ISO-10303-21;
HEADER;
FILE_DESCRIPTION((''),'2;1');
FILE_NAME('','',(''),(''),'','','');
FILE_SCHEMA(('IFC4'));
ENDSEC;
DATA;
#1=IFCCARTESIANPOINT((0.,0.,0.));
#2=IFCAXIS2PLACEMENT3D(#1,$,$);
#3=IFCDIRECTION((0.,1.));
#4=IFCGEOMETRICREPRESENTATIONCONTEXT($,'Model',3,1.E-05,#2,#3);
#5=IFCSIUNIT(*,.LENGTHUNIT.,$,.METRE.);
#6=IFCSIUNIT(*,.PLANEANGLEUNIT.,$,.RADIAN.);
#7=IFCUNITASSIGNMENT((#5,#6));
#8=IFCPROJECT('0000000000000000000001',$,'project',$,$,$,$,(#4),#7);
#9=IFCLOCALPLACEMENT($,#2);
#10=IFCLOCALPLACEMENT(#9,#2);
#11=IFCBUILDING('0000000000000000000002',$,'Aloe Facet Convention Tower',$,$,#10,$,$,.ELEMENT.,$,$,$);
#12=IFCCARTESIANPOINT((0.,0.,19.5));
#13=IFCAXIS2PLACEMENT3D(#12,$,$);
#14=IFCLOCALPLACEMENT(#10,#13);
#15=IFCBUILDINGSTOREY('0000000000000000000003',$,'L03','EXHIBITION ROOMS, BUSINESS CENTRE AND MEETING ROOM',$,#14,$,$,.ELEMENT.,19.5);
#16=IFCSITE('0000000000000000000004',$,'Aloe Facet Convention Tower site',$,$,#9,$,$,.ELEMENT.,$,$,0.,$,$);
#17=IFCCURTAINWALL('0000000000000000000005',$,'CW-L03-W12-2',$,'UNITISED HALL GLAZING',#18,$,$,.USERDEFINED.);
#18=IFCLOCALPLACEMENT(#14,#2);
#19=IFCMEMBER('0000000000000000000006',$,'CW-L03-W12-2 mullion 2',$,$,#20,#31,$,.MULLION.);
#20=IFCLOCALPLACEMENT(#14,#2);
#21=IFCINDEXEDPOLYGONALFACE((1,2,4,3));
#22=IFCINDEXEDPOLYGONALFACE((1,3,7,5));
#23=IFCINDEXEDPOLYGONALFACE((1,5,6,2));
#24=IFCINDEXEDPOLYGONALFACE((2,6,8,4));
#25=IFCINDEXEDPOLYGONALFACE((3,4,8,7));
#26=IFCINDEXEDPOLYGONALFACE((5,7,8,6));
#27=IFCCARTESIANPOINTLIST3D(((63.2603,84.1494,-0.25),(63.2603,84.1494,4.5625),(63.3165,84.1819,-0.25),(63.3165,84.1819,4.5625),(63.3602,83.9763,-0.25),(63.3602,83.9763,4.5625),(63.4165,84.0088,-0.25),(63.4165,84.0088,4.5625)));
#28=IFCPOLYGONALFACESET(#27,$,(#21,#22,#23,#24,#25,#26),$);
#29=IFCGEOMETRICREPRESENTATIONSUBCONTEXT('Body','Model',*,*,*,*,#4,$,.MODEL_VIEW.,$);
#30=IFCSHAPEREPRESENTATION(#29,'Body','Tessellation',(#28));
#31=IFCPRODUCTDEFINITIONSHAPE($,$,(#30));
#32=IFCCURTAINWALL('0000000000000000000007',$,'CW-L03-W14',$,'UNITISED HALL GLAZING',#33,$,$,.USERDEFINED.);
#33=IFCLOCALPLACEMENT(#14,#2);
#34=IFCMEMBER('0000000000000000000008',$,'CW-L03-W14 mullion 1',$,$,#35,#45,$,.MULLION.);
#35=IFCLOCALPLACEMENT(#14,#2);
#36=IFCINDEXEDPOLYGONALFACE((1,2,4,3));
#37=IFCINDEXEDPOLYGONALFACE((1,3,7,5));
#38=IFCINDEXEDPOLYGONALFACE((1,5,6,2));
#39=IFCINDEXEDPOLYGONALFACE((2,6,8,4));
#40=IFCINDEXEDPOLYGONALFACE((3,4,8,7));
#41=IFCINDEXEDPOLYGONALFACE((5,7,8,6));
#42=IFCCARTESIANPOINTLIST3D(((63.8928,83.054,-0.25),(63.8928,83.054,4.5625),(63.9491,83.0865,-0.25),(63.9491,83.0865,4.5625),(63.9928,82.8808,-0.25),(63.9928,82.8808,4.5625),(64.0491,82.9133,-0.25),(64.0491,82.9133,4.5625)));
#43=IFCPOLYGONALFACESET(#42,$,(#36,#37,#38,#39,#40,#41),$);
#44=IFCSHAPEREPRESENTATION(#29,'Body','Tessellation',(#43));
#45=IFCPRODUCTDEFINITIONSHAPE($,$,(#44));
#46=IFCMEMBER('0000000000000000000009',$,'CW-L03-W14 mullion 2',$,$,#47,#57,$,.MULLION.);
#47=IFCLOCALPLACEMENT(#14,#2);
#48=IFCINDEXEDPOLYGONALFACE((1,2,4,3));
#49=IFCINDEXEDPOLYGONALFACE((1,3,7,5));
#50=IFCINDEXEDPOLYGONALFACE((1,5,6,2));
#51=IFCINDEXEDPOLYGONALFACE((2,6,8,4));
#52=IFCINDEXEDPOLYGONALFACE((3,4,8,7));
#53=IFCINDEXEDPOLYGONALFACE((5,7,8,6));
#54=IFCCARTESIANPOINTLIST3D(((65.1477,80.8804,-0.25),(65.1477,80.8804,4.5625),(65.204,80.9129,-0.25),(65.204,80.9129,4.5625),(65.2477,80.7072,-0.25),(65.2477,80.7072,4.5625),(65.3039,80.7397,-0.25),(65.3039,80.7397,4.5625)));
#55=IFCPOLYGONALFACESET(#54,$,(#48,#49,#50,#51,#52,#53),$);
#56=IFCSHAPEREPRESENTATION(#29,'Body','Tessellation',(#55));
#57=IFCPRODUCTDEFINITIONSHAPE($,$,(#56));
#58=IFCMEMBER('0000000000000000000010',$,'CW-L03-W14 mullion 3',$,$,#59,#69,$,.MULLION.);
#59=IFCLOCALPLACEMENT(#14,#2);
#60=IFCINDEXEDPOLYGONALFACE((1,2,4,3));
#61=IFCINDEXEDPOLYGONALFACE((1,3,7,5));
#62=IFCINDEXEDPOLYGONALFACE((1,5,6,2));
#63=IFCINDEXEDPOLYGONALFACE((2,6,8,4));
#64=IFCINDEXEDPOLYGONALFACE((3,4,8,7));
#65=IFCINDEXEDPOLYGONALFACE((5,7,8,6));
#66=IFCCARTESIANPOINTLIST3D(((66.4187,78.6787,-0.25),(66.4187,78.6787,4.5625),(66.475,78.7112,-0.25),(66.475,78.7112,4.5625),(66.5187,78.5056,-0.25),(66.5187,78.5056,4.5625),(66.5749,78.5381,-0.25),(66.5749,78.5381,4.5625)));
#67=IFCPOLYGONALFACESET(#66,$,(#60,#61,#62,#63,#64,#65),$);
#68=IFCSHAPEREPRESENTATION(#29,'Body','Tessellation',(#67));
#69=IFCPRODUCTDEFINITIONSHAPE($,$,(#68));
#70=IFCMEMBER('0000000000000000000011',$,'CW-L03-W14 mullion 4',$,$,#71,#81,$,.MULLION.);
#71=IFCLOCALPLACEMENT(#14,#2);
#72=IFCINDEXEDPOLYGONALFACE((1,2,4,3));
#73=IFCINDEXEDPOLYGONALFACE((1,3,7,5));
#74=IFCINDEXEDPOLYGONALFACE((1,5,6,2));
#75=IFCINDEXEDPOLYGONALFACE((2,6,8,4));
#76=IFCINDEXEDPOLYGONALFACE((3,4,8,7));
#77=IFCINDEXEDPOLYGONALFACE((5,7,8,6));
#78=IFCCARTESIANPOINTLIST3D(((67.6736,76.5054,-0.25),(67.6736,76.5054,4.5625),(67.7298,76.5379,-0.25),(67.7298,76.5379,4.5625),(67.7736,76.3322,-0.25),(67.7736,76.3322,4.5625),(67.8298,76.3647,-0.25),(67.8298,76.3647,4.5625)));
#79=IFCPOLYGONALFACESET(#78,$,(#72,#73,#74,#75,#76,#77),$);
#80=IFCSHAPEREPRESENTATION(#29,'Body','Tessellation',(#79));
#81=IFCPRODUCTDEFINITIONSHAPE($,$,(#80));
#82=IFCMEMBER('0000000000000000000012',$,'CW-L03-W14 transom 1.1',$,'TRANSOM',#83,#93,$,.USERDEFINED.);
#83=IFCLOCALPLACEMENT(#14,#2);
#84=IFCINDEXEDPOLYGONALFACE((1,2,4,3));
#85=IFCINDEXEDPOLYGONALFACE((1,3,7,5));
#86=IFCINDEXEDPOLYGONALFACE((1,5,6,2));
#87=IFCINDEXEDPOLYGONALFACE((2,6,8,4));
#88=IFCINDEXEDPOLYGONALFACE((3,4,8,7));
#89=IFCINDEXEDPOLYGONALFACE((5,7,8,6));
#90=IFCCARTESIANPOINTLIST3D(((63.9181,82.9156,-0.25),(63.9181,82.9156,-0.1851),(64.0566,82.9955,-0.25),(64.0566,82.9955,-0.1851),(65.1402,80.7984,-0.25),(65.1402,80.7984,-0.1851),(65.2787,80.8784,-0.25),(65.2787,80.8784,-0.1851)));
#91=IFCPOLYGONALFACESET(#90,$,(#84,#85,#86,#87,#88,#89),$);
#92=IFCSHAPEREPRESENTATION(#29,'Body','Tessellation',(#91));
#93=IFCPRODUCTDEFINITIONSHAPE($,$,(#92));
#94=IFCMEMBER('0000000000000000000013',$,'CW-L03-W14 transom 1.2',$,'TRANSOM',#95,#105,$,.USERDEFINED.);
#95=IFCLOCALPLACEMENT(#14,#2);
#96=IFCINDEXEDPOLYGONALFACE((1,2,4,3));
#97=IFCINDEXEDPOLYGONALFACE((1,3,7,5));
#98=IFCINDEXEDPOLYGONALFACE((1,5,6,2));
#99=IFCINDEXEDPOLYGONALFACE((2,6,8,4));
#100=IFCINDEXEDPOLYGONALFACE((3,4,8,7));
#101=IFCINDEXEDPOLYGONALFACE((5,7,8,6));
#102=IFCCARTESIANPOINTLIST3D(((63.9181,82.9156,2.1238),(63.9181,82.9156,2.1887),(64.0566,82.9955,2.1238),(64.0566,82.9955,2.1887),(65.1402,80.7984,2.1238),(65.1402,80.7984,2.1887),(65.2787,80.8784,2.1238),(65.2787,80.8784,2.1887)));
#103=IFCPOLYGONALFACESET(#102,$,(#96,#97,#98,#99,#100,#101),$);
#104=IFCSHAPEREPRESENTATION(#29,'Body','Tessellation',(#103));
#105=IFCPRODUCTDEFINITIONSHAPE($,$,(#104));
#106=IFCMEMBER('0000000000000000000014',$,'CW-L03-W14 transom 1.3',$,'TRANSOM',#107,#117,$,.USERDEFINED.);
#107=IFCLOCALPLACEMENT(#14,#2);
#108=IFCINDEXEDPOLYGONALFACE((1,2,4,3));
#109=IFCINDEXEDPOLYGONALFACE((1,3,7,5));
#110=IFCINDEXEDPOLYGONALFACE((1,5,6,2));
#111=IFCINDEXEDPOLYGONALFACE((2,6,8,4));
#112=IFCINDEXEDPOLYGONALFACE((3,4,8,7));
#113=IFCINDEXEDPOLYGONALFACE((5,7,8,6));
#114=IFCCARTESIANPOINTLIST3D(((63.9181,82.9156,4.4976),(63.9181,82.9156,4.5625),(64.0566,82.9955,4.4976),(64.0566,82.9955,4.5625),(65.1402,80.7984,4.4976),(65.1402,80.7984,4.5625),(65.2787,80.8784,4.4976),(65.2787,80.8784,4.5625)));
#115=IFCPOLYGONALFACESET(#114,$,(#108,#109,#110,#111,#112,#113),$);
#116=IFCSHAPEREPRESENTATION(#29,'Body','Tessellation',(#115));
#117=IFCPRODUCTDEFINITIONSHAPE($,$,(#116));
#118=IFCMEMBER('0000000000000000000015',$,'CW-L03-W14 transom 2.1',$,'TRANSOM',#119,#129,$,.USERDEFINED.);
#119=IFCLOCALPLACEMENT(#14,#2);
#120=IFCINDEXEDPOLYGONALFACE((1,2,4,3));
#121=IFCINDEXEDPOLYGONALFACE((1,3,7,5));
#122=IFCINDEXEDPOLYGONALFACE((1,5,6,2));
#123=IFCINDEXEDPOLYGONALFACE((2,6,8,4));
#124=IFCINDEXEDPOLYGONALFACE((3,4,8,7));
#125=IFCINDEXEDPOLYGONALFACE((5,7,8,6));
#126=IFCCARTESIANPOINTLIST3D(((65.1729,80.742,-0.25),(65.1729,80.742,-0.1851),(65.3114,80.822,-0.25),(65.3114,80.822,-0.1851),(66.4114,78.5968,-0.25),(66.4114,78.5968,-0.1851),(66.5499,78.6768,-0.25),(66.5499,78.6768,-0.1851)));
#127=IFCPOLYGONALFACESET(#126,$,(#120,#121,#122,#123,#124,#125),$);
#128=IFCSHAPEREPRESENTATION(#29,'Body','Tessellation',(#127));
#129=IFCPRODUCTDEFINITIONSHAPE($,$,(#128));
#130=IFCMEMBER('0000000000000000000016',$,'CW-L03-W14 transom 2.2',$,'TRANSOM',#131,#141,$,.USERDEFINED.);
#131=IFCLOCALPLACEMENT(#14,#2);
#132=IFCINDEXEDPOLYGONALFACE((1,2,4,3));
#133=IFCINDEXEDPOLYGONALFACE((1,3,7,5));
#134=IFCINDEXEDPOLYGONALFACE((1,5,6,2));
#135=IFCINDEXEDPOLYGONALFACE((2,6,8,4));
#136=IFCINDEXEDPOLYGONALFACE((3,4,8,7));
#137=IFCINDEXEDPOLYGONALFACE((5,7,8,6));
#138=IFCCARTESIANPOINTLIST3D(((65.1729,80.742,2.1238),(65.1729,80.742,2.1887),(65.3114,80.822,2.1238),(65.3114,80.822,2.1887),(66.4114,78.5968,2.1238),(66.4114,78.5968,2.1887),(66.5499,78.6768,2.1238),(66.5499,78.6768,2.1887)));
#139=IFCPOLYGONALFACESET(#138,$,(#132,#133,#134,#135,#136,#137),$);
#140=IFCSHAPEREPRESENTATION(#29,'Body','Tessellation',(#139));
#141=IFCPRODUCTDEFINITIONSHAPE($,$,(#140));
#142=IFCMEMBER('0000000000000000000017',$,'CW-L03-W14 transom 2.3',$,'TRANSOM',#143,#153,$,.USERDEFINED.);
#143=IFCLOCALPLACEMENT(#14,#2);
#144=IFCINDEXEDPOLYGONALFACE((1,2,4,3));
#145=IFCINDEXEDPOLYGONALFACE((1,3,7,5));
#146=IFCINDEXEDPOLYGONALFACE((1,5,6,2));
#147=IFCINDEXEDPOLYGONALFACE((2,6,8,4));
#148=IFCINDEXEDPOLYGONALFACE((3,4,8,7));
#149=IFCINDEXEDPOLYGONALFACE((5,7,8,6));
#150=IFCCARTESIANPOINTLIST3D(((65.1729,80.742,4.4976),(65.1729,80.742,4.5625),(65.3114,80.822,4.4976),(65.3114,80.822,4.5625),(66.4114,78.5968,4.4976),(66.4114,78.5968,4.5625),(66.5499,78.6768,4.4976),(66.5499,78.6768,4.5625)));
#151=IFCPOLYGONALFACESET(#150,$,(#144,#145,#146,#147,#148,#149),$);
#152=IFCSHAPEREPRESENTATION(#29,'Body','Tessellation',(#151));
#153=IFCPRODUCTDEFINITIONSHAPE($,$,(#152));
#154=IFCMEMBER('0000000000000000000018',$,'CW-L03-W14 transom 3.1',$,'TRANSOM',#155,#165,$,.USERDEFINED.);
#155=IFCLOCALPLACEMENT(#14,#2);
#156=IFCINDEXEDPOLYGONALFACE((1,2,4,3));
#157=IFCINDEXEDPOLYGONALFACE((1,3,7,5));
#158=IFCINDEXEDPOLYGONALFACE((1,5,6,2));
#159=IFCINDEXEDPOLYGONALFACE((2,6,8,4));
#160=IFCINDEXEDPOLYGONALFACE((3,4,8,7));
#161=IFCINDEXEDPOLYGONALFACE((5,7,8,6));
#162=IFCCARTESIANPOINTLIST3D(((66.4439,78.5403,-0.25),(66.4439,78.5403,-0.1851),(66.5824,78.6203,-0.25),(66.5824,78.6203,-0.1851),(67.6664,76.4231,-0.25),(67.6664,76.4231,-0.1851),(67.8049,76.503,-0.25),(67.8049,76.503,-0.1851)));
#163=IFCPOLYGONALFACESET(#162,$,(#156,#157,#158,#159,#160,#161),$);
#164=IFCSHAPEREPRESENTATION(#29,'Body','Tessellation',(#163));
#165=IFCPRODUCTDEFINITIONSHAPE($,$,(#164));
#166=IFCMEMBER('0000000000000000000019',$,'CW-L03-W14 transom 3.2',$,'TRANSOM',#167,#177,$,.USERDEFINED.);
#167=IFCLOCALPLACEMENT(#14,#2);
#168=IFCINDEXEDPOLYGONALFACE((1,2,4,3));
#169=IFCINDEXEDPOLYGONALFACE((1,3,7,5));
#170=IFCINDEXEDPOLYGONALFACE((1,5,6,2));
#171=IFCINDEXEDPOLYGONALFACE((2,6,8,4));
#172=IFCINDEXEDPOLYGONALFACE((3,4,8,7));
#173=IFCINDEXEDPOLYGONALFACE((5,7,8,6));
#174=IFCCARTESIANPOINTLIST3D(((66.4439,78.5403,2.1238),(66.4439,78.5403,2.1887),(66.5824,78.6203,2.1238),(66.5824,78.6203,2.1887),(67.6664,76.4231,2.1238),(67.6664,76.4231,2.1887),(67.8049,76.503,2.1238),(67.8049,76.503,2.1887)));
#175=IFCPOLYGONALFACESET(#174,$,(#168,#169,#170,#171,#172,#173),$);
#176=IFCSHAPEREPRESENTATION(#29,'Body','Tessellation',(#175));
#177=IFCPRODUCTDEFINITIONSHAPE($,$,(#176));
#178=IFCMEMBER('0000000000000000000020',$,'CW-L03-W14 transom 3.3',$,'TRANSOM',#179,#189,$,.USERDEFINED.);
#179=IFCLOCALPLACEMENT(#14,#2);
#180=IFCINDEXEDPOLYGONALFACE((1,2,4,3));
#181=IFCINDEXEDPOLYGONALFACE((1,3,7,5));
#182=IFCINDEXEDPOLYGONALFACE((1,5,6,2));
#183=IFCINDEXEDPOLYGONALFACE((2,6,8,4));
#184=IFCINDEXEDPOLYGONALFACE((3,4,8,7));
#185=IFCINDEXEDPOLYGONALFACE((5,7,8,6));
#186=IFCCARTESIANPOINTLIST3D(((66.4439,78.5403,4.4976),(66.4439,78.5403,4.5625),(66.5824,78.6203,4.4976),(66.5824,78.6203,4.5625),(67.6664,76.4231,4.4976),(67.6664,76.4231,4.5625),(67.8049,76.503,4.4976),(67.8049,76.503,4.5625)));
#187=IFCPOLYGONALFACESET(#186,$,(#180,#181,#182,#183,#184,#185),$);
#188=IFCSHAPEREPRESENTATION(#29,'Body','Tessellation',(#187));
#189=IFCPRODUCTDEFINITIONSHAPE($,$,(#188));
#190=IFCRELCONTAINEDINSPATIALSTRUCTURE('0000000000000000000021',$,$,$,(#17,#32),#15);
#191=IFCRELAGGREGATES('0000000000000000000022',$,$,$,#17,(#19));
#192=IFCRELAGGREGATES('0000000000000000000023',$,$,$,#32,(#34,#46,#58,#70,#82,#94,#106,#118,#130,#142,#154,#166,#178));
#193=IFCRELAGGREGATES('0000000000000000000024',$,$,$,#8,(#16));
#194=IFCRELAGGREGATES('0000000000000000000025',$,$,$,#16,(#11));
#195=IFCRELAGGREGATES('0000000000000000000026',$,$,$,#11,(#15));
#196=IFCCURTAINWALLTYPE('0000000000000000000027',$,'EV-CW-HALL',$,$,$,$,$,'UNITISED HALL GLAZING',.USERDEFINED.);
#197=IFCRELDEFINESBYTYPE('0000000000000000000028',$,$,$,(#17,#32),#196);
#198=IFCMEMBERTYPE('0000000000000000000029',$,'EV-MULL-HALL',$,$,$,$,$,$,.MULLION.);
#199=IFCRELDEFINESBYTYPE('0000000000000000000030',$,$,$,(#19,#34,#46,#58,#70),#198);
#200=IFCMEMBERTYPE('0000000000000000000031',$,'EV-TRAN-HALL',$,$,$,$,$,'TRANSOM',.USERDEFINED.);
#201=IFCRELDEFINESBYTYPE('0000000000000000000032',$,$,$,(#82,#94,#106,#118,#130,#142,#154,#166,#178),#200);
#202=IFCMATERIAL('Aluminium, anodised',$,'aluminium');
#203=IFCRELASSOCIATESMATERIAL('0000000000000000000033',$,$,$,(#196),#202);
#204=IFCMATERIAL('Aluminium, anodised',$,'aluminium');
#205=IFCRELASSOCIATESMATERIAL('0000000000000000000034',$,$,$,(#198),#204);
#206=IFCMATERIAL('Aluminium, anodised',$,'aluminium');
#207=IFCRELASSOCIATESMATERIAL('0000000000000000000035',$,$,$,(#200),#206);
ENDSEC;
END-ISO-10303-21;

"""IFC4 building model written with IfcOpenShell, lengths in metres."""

from ifc_helpers import new_model, si_unit, direction, frame, origin, origin_2d, place, context, subcontext, project, spatial, rectangle, extrude, material, material_profile, profile_set, type_object, element, aggregate, save


model = new_model("IFC4")

# Units and contexts
model_context = context("Model", 3, precision=1e-05, world=origin(), true_north=direction((0.0, 1.0)))
body_context = subcontext(model_context, "Body", "Model", "MODEL_VIEW")
ifc_project = project(units=[si_unit("LENGTHUNIT", "METRE"), si_unit("PLANEANGLEUNIT", "RADIAN")], contexts=[model_context])

# Site, building, storey
site_placement = place(None, origin())
site = spatial("IfcSite", under=ifc_project, at=site_placement, Name="Aloe Facet Convention Tower site", CompositionType="ELEMENT", RefElevation=0.0)
building_placement = place(site_placement, origin())
building = spatial("IfcBuilding", under=site, at=building_placement, Name="Aloe Facet Convention Tower", CompositionType="ELEMENT")
storey_placement = place(building_placement, frame((0.0, 0.0, 19.5)))
storey = spatial("IfcBuildingStorey", under=building, at=storey_placement, Name="L03", Description="EXHIBITION ROOMS, BUSINESS CENTRE AND MEETING ROOM", CompositionType="ELEMENT", Elevation=19.5)

# Curtain wall, member
ifc_material_1 = material(Name="Aluminium, anodised", Category="aluminium")
curtain_wall_type = type_object("IfcCurtainWallType", Name="EV-CW-HALL", ElementType="UNITISED HALL GLAZING", PredefinedType="USERDEFINED", material=ifc_material_1)
curtain_wall_1_placement = place(storey_placement, origin())
curtain_wall_1 = element("IfcCurtainWall", 1, at=curtain_wall_1_placement, inside=storey, type_object=curtain_wall_type, Name="CW-L03-W12-2", ObjectType="UNITISED HALL GLAZING", PredefinedType="USERDEFINED")
ifc_material_2 = material(Name="Aluminium, anodised", Category="aluminium")
ifc_material_profile_1 = material_profile(ifc_material_2, rectangle(XDim=0.0649, YDim=0.2, at=origin_2d()), Name="AL 65x200")
ifc_profile_set_1 = profile_set([ifc_material_profile_1], Name="Aluminium, anodised")
member_type_1 = type_object("IfcMemberType", Name="EV-MULL-HALL", PredefinedType="MULLION", material=ifc_profile_set_1)
member_1_placement = place(storey_placement, frame((63.3384, 84.0791, -0.25), z_axis=(0.0, 0.0, 1.0), x_axis=(0.866025, 0.5, 0.0)))
member_1 = element("IfcMember", 2, at=member_1_placement, type_object=member_type_1, Name="CW-L03-W12-2 mullion 2", PredefinedType="MULLION", context=body_context, shape_type="SweptSolid", body=[
    extrude(rectangle(XDim=0.0649, YDim=0.2, at=origin_2d()), origin(), (0.0, 0.0, 1.0), 4.8125),
])
aggregate(curtain_wall_1, [member_1])

# Curtain wall, members
curtain_wall_2_placement = place(storey_placement, origin())
curtain_wall_2 = element("IfcCurtainWall", 3, at=curtain_wall_2_placement, inside=storey, type_object=curtain_wall_type, Name="CW-L03-W14", ObjectType="UNITISED HALL GLAZING", PredefinedType="USERDEFINED")
member_2_placement = place(storey_placement, frame((63.9709, 82.9836, -0.25), z_axis=(0.0, 0.0, 1.0), x_axis=(0.866025, 0.5, 0.0)))
member_2 = element("IfcMember", 4, at=member_2_placement, type_object=member_type_1, Name="CW-L03-W14 mullion 1", PredefinedType="MULLION", context=body_context, shape_type="SweptSolid", body=[
    extrude(rectangle(XDim=0.0649, YDim=0.2, at=origin_2d()), origin(), (0.0, 0.0, 1.0), 4.8125),
])
member_3_placement = place(storey_placement, frame((65.2258, 80.8101, -0.25), z_axis=(0.0, 0.0, 1.0), x_axis=(0.866025, 0.5, 0.0)))
member_3 = element("IfcMember", 5, at=member_3_placement, type_object=member_type_1, Name="CW-L03-W14 mullion 2", PredefinedType="MULLION", context=body_context, shape_type="SweptSolid", body=[
    extrude(rectangle(XDim=0.0649, YDim=0.2, at=origin_2d()), origin(), (0.0, 0.0, 1.0), 4.8125),
])
member_4_placement = place(storey_placement, frame((66.4968, 78.6084, -0.25), z_axis=(0.0, 0.0, 1.0), x_axis=(0.866025, 0.5, 0.0)))
member_4 = element("IfcMember", 6, at=member_4_placement, type_object=member_type_1, Name="CW-L03-W14 mullion 3", PredefinedType="MULLION", context=body_context, shape_type="SweptSolid", body=[
    extrude(rectangle(XDim=0.0649, YDim=0.2, at=origin_2d()), origin(), (0.0, 0.0, 1.0), 4.8125),
])
member_5_placement = place(storey_placement, frame((67.7517, 76.4351, -0.25), z_axis=(0.0, 0.0, 1.0), x_axis=(0.866025, 0.5, 0.0)))
member_5 = element("IfcMember", 7, at=member_5_placement, type_object=member_type_1, Name="CW-L03-W14 mullion 4", PredefinedType="MULLION", context=body_context, shape_type="SweptSolid", body=[
    extrude(rectangle(XDim=0.0649, YDim=0.2, at=origin_2d()), origin(), (0.0, 0.0, 1.0), 4.8125),
])
ifc_material_3 = material(Name="Aluminium, anodised", Category="aluminium")
ifc_material_profile_2 = material_profile(ifc_material_3, rectangle(XDim=0.1599, YDim=0.0649, at=origin_2d()), Name="AL 160x65")
ifc_profile_set_2 = profile_set([ifc_material_profile_2], Name="Aluminium, anodised")
member_type_2 = type_object("IfcMemberType", Name="EV-TRAN-HALL", ElementType="TRANSOM", PredefinedType="USERDEFINED", material=ifc_profile_set_2)
member_6_placement = place(storey_placement, frame((63.9873, 82.9556, -0.2175), z_axis=(0.499941, -0.866059, 0.0), x_axis=(0.866059, 0.499941, 0.0)))
member_6 = element("IfcMember", 8, at=member_6_placement, type_object=member_type_2, Name="CW-L03-W14 transom 1.1", ObjectType="TRANSOM", PredefinedType="USERDEFINED", context=body_context, shape_type="SweptSolid", body=[
    extrude(rectangle(XDim=0.1599, YDim=0.0649, at=origin_2d()), origin(), (0.0, 0.0, 1.0), 2.4446),
])
member_7_placement = place(storey_placement, frame((63.9873, 82.9556, 2.1562), z_axis=(0.499941, -0.866059, 0.0), x_axis=(0.866059, 0.499941, 0.0)))
member_7 = element("IfcMember", 9, at=member_7_placement, type_object=member_type_2, Name="CW-L03-W14 transom 1.2", ObjectType="TRANSOM", PredefinedType="USERDEFINED", context=body_context, shape_type="SweptSolid", body=[
    extrude(rectangle(XDim=0.1599, YDim=0.0649, at=origin_2d()), origin(), (0.0, 0.0, 1.0), 2.4446),
])
member_8_placement = place(storey_placement, frame((63.9873, 82.9556, 4.53), z_axis=(0.499941, -0.866059, 0.0), x_axis=(0.866059, 0.499941, 0.0)))
member_8 = element("IfcMember", 10, at=member_8_placement, type_object=member_type_2, Name="CW-L03-W14 transom 1.3", ObjectType="TRANSOM", PredefinedType="USERDEFINED", context=body_context, shape_type="SweptSolid", body=[
    extrude(rectangle(XDim=0.1599, YDim=0.0649, at=origin_2d()), origin(), (0.0, 0.0, 1.0), 2.4446),
])
member_9_placement = place(storey_placement, frame((65.2422, 80.782, -0.2175), z_axis=(0.499987, -0.866033, 0.0), x_axis=(0.866033, 0.499987, 0.0)))
member_9 = element("IfcMember", 11, at=member_9_placement, type_object=member_type_2, Name="CW-L03-W14 transom 2.1", ObjectType="TRANSOM", PredefinedType="USERDEFINED", context=body_context, shape_type="SweptSolid", body=[
    extrude(rectangle(XDim=0.1599, YDim=0.0649, at=origin_2d()), origin(), (0.0, 0.0, 1.0), 2.4771),
])
member_10_placement = place(storey_placement, frame((65.2422, 80.782, 2.1562), z_axis=(0.499987, -0.866033, 0.0), x_axis=(0.866033, 0.499987, 0.0)))
member_10 = element("IfcMember", 12, at=member_10_placement, type_object=member_type_2, Name="CW-L03-W14 transom 2.2", ObjectType="TRANSOM", PredefinedType="USERDEFINED", context=body_context, shape_type="SweptSolid", body=[
    extrude(rectangle(XDim=0.1599, YDim=0.0649, at=origin_2d()), origin(), (0.0, 0.0, 1.0), 2.4771),
])
member_11_placement = place(storey_placement, frame((65.2422, 80.782, 4.53), z_axis=(0.499987, -0.866033, 0.0), x_axis=(0.866033, 0.499987, 0.0)))
member_11 = element("IfcMember", 13, at=member_11_placement, type_object=member_type_2, Name="CW-L03-W14 transom 2.3", ObjectType="TRANSOM", PredefinedType="USERDEFINED", context=body_context, shape_type="SweptSolid", body=[
    extrude(rectangle(XDim=0.1599, YDim=0.0649, at=origin_2d()), origin(), (0.0, 0.0, 1.0), 2.4771),
])
member_12_placement = place(storey_placement, frame((66.5132, 78.5803, -0.2175), z_axis=(0.500016, -0.866016, 0.0), x_axis=(0.866016, 0.500016, 0.0)))
member_12 = element("IfcMember", 14, at=member_12_placement, type_object=member_type_2, Name="CW-L03-W14 transom 3.1", ObjectType="TRANSOM", PredefinedType="USERDEFINED", context=body_context, shape_type="SweptSolid", body=[
    extrude(rectangle(XDim=0.1599, YDim=0.0649, at=origin_2d()), origin(), (0.0, 0.0, 1.0), 2.4448),
])
member_13_placement = place(storey_placement, frame((66.5132, 78.5803, 2.1562), z_axis=(0.500016, -0.866016, 0.0), x_axis=(0.866016, 0.500016, 0.0)))
member_13 = element("IfcMember", 15, at=member_13_placement, type_object=member_type_2, Name="CW-L03-W14 transom 3.2", ObjectType="TRANSOM", PredefinedType="USERDEFINED", context=body_context, shape_type="SweptSolid", body=[
    extrude(rectangle(XDim=0.1599, YDim=0.0649, at=origin_2d()), origin(), (0.0, 0.0, 1.0), 2.4448),
])
member_14_placement = place(storey_placement, frame((66.5132, 78.5803, 4.53), z_axis=(0.500016, -0.866016, 0.0), x_axis=(0.866016, 0.500016, 0.0)))
member_14 = element("IfcMember", 16, at=member_14_placement, type_object=member_type_2, Name="CW-L03-W14 transom 3.3", ObjectType="TRANSOM", PredefinedType="USERDEFINED", context=body_context, shape_type="SweptSolid", body=[
    extrude(rectangle(XDim=0.1599, YDim=0.0649, at=origin_2d()), origin(), (0.0, 0.0, 1.0), 2.4448),
])

aggregate(curtain_wall_2, [member_2, member_3, member_4, member_5, member_6, member_7, member_8, member_9, member_10, member_11, member_12, member_13, member_14])

save(model, "model.ifc")
